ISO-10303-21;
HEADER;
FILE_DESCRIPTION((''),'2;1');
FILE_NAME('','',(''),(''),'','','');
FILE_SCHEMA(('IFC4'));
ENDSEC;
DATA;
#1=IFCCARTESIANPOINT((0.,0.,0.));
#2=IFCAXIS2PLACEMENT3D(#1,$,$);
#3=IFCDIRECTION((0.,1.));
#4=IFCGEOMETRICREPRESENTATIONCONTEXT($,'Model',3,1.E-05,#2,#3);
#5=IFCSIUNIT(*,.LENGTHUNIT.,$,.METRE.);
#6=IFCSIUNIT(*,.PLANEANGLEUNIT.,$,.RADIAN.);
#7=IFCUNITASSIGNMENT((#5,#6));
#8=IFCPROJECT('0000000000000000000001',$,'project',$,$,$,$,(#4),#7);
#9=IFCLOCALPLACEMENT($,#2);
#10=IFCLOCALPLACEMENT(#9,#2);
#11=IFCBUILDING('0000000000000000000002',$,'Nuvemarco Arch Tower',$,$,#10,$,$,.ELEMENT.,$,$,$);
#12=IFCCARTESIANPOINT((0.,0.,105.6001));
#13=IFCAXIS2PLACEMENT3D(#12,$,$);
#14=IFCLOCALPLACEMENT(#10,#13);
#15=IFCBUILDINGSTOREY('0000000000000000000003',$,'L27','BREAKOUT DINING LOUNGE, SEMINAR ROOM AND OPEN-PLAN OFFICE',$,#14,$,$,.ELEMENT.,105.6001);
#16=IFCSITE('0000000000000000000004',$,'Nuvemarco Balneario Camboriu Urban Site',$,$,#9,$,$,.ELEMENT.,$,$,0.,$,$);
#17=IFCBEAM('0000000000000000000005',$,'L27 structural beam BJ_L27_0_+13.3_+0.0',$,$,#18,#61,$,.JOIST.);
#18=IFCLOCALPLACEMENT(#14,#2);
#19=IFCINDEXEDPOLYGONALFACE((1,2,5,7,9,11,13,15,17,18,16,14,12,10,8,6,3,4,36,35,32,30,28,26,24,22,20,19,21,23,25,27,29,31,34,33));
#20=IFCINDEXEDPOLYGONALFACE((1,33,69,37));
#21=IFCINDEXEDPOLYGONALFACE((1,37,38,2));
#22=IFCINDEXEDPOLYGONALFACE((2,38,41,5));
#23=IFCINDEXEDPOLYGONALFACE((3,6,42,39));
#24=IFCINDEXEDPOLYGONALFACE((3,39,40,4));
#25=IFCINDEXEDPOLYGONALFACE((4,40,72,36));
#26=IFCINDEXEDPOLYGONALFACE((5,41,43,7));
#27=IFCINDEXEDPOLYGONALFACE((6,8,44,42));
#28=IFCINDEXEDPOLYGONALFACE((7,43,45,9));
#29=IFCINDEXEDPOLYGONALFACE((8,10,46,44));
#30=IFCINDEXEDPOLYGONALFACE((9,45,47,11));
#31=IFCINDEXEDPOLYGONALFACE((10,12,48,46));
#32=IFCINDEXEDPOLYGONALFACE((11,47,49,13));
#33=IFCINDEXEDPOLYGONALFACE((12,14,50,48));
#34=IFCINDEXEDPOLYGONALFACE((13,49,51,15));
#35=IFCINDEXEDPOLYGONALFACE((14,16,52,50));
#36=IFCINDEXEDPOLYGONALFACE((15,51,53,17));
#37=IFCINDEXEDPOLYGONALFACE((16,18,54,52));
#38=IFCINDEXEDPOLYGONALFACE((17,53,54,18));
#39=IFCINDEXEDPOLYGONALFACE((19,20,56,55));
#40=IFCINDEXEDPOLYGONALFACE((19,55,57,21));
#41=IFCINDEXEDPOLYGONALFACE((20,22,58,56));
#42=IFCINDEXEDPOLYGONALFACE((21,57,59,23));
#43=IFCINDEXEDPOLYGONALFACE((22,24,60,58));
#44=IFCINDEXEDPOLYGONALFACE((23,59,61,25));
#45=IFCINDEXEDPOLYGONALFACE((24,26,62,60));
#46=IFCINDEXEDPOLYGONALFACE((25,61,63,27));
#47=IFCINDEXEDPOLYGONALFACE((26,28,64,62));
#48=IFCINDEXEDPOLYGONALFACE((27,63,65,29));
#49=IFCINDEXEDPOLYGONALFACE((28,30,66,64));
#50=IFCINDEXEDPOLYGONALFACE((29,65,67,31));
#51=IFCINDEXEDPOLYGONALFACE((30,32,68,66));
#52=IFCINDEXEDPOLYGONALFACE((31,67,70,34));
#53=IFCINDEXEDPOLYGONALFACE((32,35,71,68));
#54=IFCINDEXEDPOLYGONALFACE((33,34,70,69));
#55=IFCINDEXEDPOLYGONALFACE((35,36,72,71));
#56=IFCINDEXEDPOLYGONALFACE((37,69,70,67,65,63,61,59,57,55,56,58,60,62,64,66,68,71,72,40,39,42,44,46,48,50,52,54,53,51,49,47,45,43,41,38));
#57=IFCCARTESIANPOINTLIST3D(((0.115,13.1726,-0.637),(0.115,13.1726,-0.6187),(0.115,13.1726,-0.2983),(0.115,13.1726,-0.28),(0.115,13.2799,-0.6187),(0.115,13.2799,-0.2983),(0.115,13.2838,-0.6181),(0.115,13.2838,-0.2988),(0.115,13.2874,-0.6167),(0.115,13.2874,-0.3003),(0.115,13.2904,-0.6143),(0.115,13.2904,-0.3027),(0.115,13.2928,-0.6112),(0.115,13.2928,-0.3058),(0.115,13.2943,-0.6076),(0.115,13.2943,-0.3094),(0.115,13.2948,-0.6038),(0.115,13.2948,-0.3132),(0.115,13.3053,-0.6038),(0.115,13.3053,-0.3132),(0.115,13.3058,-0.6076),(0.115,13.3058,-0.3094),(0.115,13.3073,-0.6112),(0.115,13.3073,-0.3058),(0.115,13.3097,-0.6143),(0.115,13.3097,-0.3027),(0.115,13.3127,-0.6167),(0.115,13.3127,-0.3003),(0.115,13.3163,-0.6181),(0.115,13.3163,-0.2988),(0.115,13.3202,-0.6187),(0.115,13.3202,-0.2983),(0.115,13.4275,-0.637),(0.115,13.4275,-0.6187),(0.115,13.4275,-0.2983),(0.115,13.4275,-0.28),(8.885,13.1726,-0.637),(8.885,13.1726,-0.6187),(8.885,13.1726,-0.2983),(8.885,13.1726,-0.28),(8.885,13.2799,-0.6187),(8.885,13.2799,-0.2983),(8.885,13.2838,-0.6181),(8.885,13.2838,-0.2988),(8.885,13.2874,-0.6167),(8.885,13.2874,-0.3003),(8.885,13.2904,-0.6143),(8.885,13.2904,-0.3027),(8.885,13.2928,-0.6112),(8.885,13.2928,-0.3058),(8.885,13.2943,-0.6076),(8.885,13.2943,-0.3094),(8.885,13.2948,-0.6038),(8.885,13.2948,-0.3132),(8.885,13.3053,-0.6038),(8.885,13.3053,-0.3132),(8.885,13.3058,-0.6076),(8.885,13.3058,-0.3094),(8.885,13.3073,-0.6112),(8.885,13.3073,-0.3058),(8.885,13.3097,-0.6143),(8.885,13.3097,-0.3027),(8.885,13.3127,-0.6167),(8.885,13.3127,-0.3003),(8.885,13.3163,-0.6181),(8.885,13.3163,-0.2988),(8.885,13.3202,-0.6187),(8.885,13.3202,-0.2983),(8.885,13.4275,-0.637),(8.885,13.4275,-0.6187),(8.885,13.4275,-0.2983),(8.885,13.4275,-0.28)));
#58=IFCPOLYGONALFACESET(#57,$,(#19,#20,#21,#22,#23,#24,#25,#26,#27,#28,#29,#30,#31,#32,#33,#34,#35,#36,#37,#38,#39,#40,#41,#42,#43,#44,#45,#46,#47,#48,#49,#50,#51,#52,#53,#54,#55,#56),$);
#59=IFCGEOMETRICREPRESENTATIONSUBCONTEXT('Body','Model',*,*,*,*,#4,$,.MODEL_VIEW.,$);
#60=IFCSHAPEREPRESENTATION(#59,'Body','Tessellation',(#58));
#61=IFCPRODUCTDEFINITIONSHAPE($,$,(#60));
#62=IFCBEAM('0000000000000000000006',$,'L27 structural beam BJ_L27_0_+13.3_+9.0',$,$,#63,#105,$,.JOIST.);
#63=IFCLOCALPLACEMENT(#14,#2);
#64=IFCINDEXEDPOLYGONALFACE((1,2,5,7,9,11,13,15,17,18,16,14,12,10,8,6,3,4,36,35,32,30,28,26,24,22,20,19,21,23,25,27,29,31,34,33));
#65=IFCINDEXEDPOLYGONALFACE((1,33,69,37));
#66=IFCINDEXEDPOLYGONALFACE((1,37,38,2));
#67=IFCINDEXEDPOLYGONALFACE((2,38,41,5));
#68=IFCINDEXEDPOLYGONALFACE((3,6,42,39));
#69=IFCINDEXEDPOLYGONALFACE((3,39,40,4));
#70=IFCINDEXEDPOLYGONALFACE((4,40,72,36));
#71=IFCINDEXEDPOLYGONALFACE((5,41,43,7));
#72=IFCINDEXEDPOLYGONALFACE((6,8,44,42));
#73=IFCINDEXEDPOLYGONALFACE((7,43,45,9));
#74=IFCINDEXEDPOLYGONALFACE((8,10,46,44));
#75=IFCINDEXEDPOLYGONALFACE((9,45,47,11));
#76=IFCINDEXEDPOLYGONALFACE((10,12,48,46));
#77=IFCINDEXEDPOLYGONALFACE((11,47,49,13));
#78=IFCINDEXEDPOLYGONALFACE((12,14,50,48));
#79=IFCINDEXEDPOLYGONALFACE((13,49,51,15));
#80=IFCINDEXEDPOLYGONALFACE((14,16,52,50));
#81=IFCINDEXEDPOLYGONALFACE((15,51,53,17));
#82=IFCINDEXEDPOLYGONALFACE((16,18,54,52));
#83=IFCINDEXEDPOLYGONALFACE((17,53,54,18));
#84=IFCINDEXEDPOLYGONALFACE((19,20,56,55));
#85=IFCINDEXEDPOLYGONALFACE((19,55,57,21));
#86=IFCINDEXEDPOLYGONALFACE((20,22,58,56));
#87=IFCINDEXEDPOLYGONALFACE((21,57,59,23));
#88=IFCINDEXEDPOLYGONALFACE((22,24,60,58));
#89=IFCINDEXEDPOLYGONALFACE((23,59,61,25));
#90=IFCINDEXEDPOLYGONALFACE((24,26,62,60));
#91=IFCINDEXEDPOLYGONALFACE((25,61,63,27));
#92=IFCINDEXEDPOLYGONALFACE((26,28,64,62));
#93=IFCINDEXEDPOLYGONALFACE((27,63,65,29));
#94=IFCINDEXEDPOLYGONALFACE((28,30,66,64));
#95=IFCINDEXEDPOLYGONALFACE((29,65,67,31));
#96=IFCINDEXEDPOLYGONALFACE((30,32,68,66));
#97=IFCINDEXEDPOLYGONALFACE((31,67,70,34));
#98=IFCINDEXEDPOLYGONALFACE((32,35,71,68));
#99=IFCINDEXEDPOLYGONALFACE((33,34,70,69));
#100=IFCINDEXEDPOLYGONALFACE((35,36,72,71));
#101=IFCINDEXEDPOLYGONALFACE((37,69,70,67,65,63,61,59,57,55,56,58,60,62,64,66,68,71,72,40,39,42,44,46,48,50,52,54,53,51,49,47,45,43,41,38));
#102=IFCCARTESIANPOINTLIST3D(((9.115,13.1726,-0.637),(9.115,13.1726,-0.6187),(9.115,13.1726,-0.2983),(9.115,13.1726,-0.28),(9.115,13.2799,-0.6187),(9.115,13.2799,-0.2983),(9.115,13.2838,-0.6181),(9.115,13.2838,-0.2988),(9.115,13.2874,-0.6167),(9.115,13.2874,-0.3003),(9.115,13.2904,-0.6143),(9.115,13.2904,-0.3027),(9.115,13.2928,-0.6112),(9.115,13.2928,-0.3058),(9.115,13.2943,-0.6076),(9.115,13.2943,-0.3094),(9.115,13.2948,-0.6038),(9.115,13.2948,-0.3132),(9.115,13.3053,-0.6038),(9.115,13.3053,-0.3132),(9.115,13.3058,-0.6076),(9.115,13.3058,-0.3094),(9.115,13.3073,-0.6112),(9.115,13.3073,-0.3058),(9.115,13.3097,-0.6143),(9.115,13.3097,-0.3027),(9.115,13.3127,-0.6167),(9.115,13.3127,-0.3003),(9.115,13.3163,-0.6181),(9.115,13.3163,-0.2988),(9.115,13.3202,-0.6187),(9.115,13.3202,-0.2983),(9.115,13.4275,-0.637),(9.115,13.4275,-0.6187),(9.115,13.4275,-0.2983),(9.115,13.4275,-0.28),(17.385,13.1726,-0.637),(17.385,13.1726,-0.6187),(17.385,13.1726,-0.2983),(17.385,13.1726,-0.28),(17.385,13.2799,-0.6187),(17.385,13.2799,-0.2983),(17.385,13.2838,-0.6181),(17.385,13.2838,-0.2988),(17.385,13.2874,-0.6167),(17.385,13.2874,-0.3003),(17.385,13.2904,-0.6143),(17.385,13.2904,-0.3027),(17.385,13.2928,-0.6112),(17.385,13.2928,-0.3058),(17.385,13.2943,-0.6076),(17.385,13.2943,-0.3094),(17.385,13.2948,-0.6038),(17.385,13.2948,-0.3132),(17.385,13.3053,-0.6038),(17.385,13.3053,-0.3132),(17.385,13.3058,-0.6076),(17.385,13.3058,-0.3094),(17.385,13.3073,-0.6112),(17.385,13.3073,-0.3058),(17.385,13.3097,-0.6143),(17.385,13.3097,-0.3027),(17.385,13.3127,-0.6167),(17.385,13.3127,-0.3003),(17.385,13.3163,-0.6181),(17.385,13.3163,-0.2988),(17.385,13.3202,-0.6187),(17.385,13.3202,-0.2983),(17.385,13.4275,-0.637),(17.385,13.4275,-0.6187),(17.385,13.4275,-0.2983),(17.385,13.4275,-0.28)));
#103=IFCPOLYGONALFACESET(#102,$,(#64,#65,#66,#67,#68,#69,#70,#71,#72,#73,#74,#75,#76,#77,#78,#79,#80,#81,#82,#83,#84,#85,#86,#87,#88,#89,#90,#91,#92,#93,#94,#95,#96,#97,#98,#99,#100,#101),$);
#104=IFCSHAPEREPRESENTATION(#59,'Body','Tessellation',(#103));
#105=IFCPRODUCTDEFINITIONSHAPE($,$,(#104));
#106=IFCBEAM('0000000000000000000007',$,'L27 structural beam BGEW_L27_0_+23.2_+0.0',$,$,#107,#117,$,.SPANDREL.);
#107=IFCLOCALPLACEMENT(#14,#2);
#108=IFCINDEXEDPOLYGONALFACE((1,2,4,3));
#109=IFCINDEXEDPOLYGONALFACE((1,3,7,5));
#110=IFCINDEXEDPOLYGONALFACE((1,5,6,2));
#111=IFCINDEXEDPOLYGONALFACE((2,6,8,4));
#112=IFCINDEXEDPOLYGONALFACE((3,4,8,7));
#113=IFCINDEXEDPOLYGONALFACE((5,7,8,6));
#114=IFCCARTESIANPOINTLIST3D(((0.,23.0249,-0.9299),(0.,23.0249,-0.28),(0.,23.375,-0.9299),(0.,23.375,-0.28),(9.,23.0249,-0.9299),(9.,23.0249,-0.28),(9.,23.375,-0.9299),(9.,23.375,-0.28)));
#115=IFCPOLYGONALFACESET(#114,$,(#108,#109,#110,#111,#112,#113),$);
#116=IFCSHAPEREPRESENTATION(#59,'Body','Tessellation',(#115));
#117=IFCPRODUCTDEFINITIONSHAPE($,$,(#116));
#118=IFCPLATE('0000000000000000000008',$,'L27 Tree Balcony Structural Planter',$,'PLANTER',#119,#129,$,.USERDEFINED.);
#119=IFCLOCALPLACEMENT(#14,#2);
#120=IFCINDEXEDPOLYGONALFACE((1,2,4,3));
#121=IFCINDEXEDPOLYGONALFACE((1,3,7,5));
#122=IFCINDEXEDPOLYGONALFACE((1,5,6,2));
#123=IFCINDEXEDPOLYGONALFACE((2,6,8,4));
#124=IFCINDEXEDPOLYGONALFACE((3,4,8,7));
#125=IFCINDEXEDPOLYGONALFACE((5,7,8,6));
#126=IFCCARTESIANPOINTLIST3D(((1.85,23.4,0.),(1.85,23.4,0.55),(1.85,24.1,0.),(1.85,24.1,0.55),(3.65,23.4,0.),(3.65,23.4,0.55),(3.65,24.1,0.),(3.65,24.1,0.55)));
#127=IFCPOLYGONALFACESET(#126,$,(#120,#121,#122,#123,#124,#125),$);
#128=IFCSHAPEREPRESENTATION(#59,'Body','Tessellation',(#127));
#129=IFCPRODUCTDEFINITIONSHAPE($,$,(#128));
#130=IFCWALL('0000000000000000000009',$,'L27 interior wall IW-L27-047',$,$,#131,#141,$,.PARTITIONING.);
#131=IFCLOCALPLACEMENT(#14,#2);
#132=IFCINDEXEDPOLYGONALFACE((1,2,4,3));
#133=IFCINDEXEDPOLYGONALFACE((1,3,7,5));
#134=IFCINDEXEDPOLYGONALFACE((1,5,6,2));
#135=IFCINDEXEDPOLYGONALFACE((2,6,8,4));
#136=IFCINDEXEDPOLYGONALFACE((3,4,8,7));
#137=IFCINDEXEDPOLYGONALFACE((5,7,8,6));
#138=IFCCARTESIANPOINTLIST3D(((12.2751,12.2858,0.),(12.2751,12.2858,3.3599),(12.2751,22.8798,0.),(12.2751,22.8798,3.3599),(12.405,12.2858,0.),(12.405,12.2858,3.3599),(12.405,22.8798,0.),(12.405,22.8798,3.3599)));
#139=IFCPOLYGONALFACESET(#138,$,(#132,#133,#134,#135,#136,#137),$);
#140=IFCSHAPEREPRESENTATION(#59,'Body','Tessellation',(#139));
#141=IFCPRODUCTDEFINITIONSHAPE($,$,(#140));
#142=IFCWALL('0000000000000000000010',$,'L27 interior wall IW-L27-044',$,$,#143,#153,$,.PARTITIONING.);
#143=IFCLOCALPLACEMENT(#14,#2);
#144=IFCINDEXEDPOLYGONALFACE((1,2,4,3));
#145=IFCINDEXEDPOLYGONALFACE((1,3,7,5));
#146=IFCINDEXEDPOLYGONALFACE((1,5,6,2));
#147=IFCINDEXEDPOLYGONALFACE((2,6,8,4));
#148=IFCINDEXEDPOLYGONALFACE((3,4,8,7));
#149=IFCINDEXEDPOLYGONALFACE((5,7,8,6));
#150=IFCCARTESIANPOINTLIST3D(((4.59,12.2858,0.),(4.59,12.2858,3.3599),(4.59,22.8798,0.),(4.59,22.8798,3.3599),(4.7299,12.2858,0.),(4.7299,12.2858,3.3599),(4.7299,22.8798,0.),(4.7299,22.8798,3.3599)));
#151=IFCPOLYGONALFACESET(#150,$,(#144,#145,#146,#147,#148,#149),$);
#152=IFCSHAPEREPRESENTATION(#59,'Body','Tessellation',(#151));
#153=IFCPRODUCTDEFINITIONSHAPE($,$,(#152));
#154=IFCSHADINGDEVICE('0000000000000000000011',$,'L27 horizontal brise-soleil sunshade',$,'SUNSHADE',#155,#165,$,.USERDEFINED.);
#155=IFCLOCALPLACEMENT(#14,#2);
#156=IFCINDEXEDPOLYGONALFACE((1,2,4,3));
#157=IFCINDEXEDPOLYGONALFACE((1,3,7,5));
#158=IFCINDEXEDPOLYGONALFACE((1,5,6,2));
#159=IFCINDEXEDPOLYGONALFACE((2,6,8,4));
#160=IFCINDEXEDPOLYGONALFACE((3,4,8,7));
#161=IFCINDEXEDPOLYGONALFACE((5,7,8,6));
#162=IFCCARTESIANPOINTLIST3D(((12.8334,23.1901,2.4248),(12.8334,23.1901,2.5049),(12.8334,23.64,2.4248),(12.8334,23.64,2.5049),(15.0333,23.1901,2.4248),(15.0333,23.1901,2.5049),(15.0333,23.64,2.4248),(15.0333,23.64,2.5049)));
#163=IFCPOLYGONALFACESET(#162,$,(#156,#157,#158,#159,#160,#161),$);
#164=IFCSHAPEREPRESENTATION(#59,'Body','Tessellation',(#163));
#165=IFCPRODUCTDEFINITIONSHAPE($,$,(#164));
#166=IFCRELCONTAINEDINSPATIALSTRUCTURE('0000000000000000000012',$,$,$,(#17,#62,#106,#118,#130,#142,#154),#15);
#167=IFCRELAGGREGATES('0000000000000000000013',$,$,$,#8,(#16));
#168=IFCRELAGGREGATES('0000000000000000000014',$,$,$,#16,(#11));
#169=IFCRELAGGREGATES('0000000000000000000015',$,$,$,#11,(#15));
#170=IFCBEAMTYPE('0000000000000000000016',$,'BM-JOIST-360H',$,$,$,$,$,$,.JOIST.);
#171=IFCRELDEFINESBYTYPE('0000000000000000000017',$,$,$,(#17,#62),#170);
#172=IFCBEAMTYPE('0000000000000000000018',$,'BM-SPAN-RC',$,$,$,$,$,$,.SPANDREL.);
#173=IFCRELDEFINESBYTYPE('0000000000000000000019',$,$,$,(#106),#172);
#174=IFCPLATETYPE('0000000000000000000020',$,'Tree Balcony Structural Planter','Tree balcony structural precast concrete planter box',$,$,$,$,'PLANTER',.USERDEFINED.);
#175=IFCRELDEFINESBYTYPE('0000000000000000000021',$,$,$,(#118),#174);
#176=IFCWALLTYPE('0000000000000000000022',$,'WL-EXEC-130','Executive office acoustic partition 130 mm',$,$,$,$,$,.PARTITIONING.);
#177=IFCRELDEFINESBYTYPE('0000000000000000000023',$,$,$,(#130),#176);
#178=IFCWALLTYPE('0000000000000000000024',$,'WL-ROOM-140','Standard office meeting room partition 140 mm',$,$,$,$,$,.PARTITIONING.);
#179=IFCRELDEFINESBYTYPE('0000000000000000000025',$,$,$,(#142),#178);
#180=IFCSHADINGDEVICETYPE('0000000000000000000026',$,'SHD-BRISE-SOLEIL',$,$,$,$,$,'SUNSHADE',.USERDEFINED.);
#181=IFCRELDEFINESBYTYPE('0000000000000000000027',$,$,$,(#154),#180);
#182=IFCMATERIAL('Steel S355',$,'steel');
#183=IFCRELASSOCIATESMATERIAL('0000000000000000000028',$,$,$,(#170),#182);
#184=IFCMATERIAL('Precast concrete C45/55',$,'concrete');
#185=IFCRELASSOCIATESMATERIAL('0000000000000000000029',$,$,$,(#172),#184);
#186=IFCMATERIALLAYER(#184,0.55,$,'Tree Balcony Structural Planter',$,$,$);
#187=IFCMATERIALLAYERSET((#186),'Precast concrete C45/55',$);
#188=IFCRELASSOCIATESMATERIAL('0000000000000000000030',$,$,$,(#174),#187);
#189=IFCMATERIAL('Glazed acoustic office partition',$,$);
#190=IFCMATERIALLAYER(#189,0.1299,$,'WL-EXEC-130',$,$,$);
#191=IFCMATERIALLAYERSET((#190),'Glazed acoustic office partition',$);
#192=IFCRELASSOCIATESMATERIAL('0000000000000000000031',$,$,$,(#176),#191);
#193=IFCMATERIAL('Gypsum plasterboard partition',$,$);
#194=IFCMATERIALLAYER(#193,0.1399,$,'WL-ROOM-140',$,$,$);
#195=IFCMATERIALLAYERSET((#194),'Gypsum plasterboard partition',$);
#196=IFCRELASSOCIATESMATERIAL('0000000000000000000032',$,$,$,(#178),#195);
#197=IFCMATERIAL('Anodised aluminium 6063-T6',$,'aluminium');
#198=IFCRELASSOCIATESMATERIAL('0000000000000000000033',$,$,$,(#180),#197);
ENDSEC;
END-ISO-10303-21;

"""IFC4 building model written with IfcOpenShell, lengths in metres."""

from ifc_helpers import new_model, si_unit, direction, frame, frame_2d, origin, origin_2d, place, context, subcontext, project, spatial, rectangle, i_section, extrude, source, transform, mapped, material, layer, layer_set, material_profile, profile_set, type_object, type_shapes, element, save


model = new_model("IFC4")

# Units and contexts
model_context = context("Model", 3, precision=1e-05, world=origin(), true_north=direction((0.0, 1.0)))
body_context = subcontext(model_context, "Body", "Model", "MODEL_VIEW")
ifc_project = project(units=[si_unit("LENGTHUNIT", "METRE"), si_unit("PLANEANGLEUNIT", "RADIAN")], contexts=[model_context])

# Site, building, storey
site_placement = place(None, origin())
site = spatial("IfcSite", under=ifc_project, at=site_placement, Name="Nuvemarco Balneario Camboriu Urban Site", CompositionType="ELEMENT", RefElevation=0.0)
building_placement = place(site_placement, origin())
building = spatial("IfcBuilding", under=site, at=building_placement, Name="Nuvemarco Arch Tower", CompositionType="ELEMENT")
storey_placement = place(building_placement, frame((0.0, 0.0, 105.6001)))
storey = spatial("IfcBuildingStorey", under=building, at=storey_placement, Name="L27", Description="BREAKOUT DINING LOUNGE, SEMINAR ROOM AND OPEN-PLAN OFFICE", CompositionType="ELEMENT", Elevation=105.6001)

# Shared definitions
ifc_material_1 = material(Name="Steel S355", Category="steel")

# Beams
ifc_material_profile_1 = material_profile(ifc_material_1, i_section(OverallWidth=0.2549, OverallDepth=0.3569, WebThickness=0.0105, FlangeThickness=0.0183, FilletRadius=0.0149, at=origin_2d()), Name="W360x101")
ifc_profile_set_1 = profile_set([ifc_material_profile_1], Name="Steel S355")
beam_type_1 = type_object("IfcBeamType", Name="BM-JOIST-360H", PredefinedType="JOIST", material=ifc_profile_set_1)
beam_1_placement = place(storey_placement, frame((0.115, 13.3, -0.4585), z_axis=(1.0, 0.0, 0.0), x_axis=(0.0, 1.0, 0.0)))
element("IfcBeam", 1, at=beam_1_placement, inside=storey, type_object=beam_type_1, Name="L27 structural beam BJ_L27_0_+13.3_+0.0", PredefinedType="JOIST", context=body_context, shape_type="SweptSolid", body=[
    extrude(i_section(OverallWidth=0.2549, OverallDepth=0.3569, WebThickness=0.0105, FlangeThickness=0.0183, FilletRadius=0.0149, at=origin_2d()), origin(), (0.0, 0.0, 1.0), 8.77),
])
beam_2_placement = place(storey_placement, frame((9.115, 13.3, -0.4585), z_axis=(1.0, 0.0, 0.0), x_axis=(0.0, 1.0, 0.0)))
element("IfcBeam", 2, at=beam_2_placement, inside=storey, type_object=beam_type_1, Name="L27 structural beam BJ_L27_0_+13.3_+9.0", PredefinedType="JOIST", context=body_context, shape_type="SweptSolid", body=[
    extrude(i_section(OverallWidth=0.2549, OverallDepth=0.3569, WebThickness=0.0105, FlangeThickness=0.0183, FilletRadius=0.0149, at=origin_2d()), origin(), (0.0, 0.0, 1.0), 8.27),
])
ifc_material_2 = material(Name="Precast concrete C45/55", Category="concrete")
ifc_material_profile_2 = material_profile(ifc_material_2, rectangle(XDim=0.3501, YDim=0.6499, at=origin_2d()), Name="PC-SP-350x650")
ifc_profile_set_2 = profile_set([ifc_material_profile_2], Name="Precast concrete C45/55")
beam_type_2 = type_object("IfcBeamType", Name="BM-SPAN-RC", PredefinedType="SPANDREL", material=ifc_profile_set_2)
beam_3_placement = place(storey_placement, frame((0.0, 23.2, -0.605), z_axis=(1.0, 0.0, 0.0), x_axis=(0.0, 1.0, 0.0)))
element("IfcBeam", 3, at=beam_3_placement, inside=storey, type_object=beam_type_2, Name="L27 structural beam BGEW_L27_0_+23.2_+0.0", PredefinedType="SPANDREL", context=body_context, shape_type="SweptSolid", body=[
    extrude(rectangle(XDim=0.3501, YDim=0.6499, at=origin_2d()), origin(), (0.0, 0.0, 1.0), 9.0),
])

# Plate
ifc_layer_1 = layer(ifc_material_2, 0.55, Name="Tree Balcony Structural Planter")
ifc_layer_set_1 = layer_set([ifc_layer_1], Name="Precast concrete C45/55")
plate_type = type_object("IfcPlateType", Name="Tree Balcony Structural Planter", Description="Tree balcony structural precast concrete planter box", ElementType="PLANTER", PredefinedType="USERDEFINED", material=ifc_layer_set_1)
shared_shape_1 = source(origin(), body_context, "Body", "SweptSolid", [
    extrude(rectangle(XDim=1.8, YDim=0.7, at=origin_2d()), origin(), (0.0, 0.0, 1.0), 0.55),
])
type_shapes(plate_type, [shared_shape_1])
plate_placement = place(storey_placement, frame((2.75, 23.75, 0.0), z_axis=(0.0, 0.0, 1.0), x_axis=(1.0, 0.0, 0.0)))
element("IfcPlate", 4, at=plate_placement, inside=storey, type_object=plate_type, Name="L27 Tree Balcony Structural Planter", ObjectType="PLANTER", PredefinedType="USERDEFINED", context=body_context, shape_type="MappedRepresentation", body=[
    mapped(shared_shape_1, transform((0.0, 0.0, 0.0), scale=1.0)),
])

# Walls
ifc_material_3 = material(Name="Glazed acoustic office partition")
ifc_layer_2 = layer(ifc_material_3, 0.1299, Name="WL-EXEC-130")
ifc_layer_set_2 = layer_set([ifc_layer_2], Name="Glazed acoustic office partition")
wall_type_1 = type_object("IfcWallType", Name="WL-EXEC-130", Description="Executive office acoustic partition 130 mm", PredefinedType="PARTITIONING", material=ifc_layer_set_2)
wall_1_placement = place(storey_placement, frame((12.3401, 12.2859, 0.0), z_axis=(0.0, 0.0, 1.0), x_axis=(0.0, 1.0, 0.0)))
element("IfcWall", 5, at=wall_1_placement, inside=storey, type_object=wall_type_1, Name="L27 interior wall IW-L27-047", PredefinedType="PARTITIONING", context=body_context, shape_type="SweptSolid", body=[
    extrude(rectangle(XDim=10.594, YDim=0.1299, at=frame_2d((5.2969, 0.0))), origin(), (0.0, 0.0, 1.0), 3.3599),
])
ifc_material_4 = material(Name="Gypsum plasterboard partition")
ifc_layer_3 = layer(ifc_material_4, 0.1399, Name="WL-ROOM-140")
ifc_layer_set_3 = layer_set([ifc_layer_3], Name="Gypsum plasterboard partition")
wall_type_2 = type_object("IfcWallType", Name="WL-ROOM-140", Description="Standard office meeting room partition 140 mm", PredefinedType="PARTITIONING", material=ifc_layer_set_3)
wall_2_placement = place(storey_placement, frame((4.6599, 12.2859, 0.0), z_axis=(0.0, 0.0, 1.0), x_axis=(0.0, 1.0, 0.0)))
element("IfcWall", 6, at=wall_2_placement, inside=storey, type_object=wall_type_2, Name="L27 interior wall IW-L27-044", PredefinedType="PARTITIONING", context=body_context, shape_type="SweptSolid", body=[
    extrude(rectangle(XDim=10.594, YDim=0.1399, at=frame_2d((5.2969, 0.0))), origin(), (0.0, 0.0, 1.0), 3.3599),
])

# Shading device
ifc_material_5 = material(Name="Anodised aluminium 6063-T6", Category="aluminium")
shading_device_type = type_object("IfcShadingDeviceType", Name="SHD-BRISE-SOLEIL", ElementType="SUNSHADE", PredefinedType="USERDEFINED", material=ifc_material_5)
shared_shape_2 = source(origin(), body_context, "Body", "SweptSolid", [
    extrude(rectangle(XDim=2.2, YDim=0.45, at=origin_2d()), origin(), (0.0, 0.0, 1.0), 0.0801),
])
type_shapes(shading_device_type, [shared_shape_2])
shading_device_placement = place(storey_placement, frame((13.9333, 23.415, 2.4248), z_axis=(0.0, 0.0, 1.0), x_axis=(1.0, 0.0, 0.0)))
element("IfcShadingDevice", 7, at=shading_device_placement, inside=storey, type_object=shading_device_type, Name="L27 horizontal brise-soleil sunshade", ObjectType="SUNSHADE", PredefinedType="USERDEFINED", context=body_context, shape_type="MappedRepresentation", body=[
    mapped(shared_shape_2, transform((0.0, 0.0, 0.0), scale=1.0)),
])

save(model, "model.ifc")
